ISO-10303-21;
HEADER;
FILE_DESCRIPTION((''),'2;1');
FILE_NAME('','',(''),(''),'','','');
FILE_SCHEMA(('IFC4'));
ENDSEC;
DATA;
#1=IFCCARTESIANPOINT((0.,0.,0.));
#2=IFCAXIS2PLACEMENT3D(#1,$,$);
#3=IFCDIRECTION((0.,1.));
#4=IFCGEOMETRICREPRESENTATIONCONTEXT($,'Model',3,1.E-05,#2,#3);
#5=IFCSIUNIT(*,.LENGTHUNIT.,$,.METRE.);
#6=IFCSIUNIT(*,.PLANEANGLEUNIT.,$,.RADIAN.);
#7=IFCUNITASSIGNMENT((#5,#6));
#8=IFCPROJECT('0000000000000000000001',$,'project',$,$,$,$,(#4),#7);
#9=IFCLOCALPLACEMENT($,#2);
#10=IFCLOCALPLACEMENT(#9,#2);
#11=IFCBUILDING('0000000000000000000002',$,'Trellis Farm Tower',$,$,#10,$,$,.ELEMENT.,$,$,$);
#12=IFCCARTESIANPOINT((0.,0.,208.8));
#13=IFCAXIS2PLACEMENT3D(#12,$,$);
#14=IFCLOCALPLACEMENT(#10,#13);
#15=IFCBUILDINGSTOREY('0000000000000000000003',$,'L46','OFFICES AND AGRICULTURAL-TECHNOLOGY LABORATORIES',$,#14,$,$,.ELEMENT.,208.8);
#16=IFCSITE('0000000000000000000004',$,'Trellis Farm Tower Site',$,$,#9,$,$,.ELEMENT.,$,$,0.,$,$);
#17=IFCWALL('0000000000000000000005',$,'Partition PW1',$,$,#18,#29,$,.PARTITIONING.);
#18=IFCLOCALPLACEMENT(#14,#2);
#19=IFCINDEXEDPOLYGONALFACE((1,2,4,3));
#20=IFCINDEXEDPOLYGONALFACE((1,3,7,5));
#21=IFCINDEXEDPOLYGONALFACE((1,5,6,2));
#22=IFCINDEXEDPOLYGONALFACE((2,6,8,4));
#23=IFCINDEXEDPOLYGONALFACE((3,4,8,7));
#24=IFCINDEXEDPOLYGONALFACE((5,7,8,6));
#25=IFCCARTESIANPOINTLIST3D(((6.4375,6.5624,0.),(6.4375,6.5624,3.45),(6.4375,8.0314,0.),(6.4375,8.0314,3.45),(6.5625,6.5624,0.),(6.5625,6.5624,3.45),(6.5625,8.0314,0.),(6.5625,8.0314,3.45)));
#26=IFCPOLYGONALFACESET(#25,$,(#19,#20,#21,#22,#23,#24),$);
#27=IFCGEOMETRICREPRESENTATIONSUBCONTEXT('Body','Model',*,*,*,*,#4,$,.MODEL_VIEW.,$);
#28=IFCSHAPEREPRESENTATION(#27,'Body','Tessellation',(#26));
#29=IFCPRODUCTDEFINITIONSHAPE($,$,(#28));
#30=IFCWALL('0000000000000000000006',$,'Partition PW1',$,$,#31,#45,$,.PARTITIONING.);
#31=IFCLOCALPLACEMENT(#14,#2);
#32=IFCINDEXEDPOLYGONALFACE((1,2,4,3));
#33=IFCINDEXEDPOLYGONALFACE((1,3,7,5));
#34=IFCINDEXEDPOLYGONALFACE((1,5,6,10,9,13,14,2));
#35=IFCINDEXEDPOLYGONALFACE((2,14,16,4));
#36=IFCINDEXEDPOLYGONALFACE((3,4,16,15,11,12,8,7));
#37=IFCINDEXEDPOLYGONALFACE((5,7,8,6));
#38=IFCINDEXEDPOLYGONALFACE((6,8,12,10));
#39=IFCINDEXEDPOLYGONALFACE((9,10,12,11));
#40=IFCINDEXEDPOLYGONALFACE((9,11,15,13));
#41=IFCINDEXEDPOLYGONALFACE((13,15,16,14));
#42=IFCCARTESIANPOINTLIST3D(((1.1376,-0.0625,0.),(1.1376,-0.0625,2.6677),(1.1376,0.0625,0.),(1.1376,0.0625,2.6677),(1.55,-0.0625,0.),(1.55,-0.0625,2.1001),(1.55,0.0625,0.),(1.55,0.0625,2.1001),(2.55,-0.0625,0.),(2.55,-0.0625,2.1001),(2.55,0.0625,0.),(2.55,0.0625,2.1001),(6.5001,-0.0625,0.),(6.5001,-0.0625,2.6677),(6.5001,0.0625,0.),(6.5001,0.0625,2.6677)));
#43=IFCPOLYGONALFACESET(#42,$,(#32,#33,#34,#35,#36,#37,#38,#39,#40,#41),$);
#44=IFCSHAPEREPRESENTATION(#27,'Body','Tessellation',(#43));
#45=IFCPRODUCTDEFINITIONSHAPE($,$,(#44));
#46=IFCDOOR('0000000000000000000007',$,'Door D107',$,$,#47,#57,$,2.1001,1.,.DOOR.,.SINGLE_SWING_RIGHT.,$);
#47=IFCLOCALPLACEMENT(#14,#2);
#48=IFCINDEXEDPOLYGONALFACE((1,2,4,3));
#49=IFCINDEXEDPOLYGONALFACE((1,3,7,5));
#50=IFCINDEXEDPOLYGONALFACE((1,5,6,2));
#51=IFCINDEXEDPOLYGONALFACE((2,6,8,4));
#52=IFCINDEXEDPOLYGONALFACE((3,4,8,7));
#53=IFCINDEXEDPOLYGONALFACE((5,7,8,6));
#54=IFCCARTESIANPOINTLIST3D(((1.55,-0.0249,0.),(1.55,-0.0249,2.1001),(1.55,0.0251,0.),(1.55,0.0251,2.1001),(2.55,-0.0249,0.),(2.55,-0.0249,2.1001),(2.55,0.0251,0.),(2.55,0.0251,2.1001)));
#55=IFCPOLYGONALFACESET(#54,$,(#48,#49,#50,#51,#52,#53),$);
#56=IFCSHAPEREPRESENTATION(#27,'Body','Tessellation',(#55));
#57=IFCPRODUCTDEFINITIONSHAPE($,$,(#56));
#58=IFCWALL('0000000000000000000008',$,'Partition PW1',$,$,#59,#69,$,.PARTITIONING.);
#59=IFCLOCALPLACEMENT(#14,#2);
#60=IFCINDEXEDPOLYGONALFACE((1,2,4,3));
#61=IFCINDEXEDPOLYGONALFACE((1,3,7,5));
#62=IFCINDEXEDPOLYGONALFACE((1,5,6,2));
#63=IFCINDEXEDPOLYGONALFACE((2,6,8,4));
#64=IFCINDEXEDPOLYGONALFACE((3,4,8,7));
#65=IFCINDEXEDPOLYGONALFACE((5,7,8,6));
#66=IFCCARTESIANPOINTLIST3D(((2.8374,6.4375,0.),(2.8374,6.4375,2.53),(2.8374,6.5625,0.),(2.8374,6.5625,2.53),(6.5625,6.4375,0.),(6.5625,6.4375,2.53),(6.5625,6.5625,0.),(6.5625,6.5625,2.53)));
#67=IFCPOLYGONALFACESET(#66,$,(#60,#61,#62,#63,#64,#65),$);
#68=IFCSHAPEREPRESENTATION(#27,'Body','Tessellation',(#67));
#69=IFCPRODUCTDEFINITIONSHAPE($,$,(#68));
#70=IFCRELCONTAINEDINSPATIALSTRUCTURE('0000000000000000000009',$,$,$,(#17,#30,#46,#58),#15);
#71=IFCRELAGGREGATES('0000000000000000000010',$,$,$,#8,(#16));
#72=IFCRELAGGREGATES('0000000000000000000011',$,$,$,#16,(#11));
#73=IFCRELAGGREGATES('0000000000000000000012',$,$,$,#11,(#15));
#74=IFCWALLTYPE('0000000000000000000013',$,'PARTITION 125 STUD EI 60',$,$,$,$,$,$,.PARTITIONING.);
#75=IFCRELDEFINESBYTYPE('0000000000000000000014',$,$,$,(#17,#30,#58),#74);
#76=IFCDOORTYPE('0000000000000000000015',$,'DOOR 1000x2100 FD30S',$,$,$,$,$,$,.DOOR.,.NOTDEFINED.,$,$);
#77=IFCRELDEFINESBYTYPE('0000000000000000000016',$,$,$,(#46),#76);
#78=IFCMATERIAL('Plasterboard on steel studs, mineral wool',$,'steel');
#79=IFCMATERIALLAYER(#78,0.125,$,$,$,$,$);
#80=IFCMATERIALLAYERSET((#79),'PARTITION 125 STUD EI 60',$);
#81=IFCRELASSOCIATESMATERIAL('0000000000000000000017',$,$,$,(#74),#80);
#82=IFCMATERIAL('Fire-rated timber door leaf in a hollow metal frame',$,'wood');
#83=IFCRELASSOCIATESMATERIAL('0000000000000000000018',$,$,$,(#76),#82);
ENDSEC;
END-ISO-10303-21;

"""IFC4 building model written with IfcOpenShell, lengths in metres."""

from ifc_helpers import new_model, si_unit, direction, frame, frame_2d, origin, place, context, subcontext, project, spatial, rectangle, extrude, source, transform, mapped, material, layer, layer_set, type_object, element, fill, save


model = new_model("IFC4")

# Units and contexts
model_context = context("Model", 3, precision=1e-05, world=origin(), true_north=direction((0.0, 1.0)))
body_context = subcontext(model_context, "Body", "Model", "MODEL_VIEW")
ifc_project = project(units=[si_unit("LENGTHUNIT", "METRE"), si_unit("PLANEANGLEUNIT", "RADIAN")], contexts=[model_context])

# Site, building, storey
site_placement = place(None, origin())
site = spatial("IfcSite", under=ifc_project, at=site_placement, Name="Trellis Farm Tower Site", CompositionType="ELEMENT", RefElevation=0.0)
building_placement = place(site_placement, origin())
building = spatial("IfcBuilding", under=site, at=building_placement, Name="Trellis Farm Tower", CompositionType="ELEMENT")
storey_placement = place(building_placement, frame((0.0, 0.0, 208.8)))
storey = spatial("IfcBuildingStorey", under=building, at=storey_placement, Name="L46", Description="OFFICES AND AGRICULTURAL-TECHNOLOGY LABORATORIES", CompositionType="ELEMENT", Elevation=208.8)

# Shared definitions
ifc_material_1 = material(Name="Plasterboard on steel studs, mineral wool", Category="steel")
ifc_layer_1 = layer(ifc_material_1, 0.125)
ifc_layer_set_1 = layer_set([ifc_layer_1], Name="PARTITION 125 STUD EI 60")
wall_type_1 = type_object("IfcWallType", Name="PARTITION 125 STUD EI 60", PredefinedType="PARTITIONING", material=ifc_layer_set_1)

# Shared definitions
shared_shape_1 = source(origin(), body_context, "Body", "SweptSolid", [
    extrude(rectangle(XDim=1.0, YDim=2.1001, at=frame_2d((0.5, 1.05))), frame((0.0, 0.0725, 0.0), z_axis=(0.0, -1.0, 0.0), x_axis=(1.0, 0.0, 0.0)), (0.0, 0.0, 1.0), 0.145),
])
ifc_material_2 = material(Name="Fire-rated timber door leaf in a hollow metal frame", Category="wood")
door_type_1 = type_object("IfcDoorType", Name="DOOR 1000x2100 FD30S", OperationType="NOTDEFINED", PredefinedType="DOOR", material=ifc_material_2)
shared_shape_2 = source(origin(), body_context, "Body", "SweptSolid", [
    extrude(rectangle(XDim=1.0, YDim=2.1001, at=frame_2d((0.5, 1.05))), frame((0.0, 0.0249, 0.0), z_axis=(0.0, -1.0, 0.0), x_axis=(1.0, 0.0, 0.0)), (0.0, 0.0, 1.0), 0.05),
])

# Wall
shared_shape_3 = source(origin(), body_context, "Body", "SweptSolid", [
    extrude(rectangle(XDim=1.469, YDim=0.125, at=frame_2d((0.7344, 0.0))), origin(), (0.0, 0.0, 1.0), 3.45),
])
wall_1_placement = place(storey_placement, frame((6.5, 6.5625, 0.0), z_axis=(0.0, 0.0, 1.0), x_axis=(0.0, 1.0, 0.0)))
element("IfcWall", 1, at=wall_1_placement, inside=storey, type_object=wall_type_1, Name="Partition PW1", PredefinedType="PARTITIONING", context=body_context, shape_type="MappedRepresentation", body=[
    mapped(shared_shape_3, transform((0.0, 0.0, 0.0))),
])

# Wall, opening, door
shared_shape_4 = source(origin(), body_context, "Body", "SweptSolid", [
    extrude(rectangle(XDim=5.3625, YDim=0.125, at=frame_2d((2.6812, 0.0))), origin(), (0.0, 0.0, 1.0), 2.6677),
])
wall_2_placement = place(storey_placement, frame((6.5, 0.0, 0.0), z_axis=(0.0, 0.0, 1.0), x_axis=(-1.0, 0.0, 0.0)))
wall_2 = element("IfcWall", 2, at=wall_2_placement, inside=storey, type_object=wall_type_1, Name="Partition PW1", PredefinedType="PARTITIONING", context=body_context, shape_type="MappedRepresentation", body=[
    mapped(shared_shape_4, transform((0.0, 0.0, 0.0))),
])
opening_1_placement = place(wall_2_placement, frame((3.95, 0.0, 0.0)))
opening_1 = element("IfcOpeningElement", 3, at=opening_1_placement, cuts=wall_2, PredefinedType="OPENING", context=body_context, shape_type="MappedRepresentation", body=[
    mapped(shared_shape_1, transform((0.0, 0.0, 0.0))),
])
door_1_placement = place(opening_1_placement, origin())
door_1 = element("IfcDoor", 4, at=door_1_placement, inside=storey, type_object=door_type_1, Name="Door D107", OperationType="SINGLE_SWING_RIGHT", OverallHeight=2.1001, OverallWidth=1.0, PredefinedType="DOOR", context=body_context, shape_type="MappedRepresentation", body=[
    mapped(shared_shape_2, transform((0.0, 0.0, 0.0))),
])
fill(opening_1, door_1)

# Wall
shared_shape_5 = source(origin(), body_context, "Body", "SweptSolid", [
    extrude(rectangle(XDim=3.7251, YDim=0.125, at=frame_2d((1.8625, 0.0))), origin(), (0.0, 0.0, 1.0), 2.53),
])
wall_3_placement = place(storey_placement, frame((2.8374, 6.5, 0.0), z_axis=(0.0, 0.0, 1.0), x_axis=(1.0, 0.0, 0.0)))
element("IfcWall", 5, at=wall_3_placement, inside=storey, type_object=wall_type_1, Name="Partition PW1", PredefinedType="PARTITIONING", context=body_context, shape_type="MappedRepresentation", body=[
    mapped(shared_shape_5, transform((0.0, 0.0, 0.0))),
])

save(model, "model.ifc")
